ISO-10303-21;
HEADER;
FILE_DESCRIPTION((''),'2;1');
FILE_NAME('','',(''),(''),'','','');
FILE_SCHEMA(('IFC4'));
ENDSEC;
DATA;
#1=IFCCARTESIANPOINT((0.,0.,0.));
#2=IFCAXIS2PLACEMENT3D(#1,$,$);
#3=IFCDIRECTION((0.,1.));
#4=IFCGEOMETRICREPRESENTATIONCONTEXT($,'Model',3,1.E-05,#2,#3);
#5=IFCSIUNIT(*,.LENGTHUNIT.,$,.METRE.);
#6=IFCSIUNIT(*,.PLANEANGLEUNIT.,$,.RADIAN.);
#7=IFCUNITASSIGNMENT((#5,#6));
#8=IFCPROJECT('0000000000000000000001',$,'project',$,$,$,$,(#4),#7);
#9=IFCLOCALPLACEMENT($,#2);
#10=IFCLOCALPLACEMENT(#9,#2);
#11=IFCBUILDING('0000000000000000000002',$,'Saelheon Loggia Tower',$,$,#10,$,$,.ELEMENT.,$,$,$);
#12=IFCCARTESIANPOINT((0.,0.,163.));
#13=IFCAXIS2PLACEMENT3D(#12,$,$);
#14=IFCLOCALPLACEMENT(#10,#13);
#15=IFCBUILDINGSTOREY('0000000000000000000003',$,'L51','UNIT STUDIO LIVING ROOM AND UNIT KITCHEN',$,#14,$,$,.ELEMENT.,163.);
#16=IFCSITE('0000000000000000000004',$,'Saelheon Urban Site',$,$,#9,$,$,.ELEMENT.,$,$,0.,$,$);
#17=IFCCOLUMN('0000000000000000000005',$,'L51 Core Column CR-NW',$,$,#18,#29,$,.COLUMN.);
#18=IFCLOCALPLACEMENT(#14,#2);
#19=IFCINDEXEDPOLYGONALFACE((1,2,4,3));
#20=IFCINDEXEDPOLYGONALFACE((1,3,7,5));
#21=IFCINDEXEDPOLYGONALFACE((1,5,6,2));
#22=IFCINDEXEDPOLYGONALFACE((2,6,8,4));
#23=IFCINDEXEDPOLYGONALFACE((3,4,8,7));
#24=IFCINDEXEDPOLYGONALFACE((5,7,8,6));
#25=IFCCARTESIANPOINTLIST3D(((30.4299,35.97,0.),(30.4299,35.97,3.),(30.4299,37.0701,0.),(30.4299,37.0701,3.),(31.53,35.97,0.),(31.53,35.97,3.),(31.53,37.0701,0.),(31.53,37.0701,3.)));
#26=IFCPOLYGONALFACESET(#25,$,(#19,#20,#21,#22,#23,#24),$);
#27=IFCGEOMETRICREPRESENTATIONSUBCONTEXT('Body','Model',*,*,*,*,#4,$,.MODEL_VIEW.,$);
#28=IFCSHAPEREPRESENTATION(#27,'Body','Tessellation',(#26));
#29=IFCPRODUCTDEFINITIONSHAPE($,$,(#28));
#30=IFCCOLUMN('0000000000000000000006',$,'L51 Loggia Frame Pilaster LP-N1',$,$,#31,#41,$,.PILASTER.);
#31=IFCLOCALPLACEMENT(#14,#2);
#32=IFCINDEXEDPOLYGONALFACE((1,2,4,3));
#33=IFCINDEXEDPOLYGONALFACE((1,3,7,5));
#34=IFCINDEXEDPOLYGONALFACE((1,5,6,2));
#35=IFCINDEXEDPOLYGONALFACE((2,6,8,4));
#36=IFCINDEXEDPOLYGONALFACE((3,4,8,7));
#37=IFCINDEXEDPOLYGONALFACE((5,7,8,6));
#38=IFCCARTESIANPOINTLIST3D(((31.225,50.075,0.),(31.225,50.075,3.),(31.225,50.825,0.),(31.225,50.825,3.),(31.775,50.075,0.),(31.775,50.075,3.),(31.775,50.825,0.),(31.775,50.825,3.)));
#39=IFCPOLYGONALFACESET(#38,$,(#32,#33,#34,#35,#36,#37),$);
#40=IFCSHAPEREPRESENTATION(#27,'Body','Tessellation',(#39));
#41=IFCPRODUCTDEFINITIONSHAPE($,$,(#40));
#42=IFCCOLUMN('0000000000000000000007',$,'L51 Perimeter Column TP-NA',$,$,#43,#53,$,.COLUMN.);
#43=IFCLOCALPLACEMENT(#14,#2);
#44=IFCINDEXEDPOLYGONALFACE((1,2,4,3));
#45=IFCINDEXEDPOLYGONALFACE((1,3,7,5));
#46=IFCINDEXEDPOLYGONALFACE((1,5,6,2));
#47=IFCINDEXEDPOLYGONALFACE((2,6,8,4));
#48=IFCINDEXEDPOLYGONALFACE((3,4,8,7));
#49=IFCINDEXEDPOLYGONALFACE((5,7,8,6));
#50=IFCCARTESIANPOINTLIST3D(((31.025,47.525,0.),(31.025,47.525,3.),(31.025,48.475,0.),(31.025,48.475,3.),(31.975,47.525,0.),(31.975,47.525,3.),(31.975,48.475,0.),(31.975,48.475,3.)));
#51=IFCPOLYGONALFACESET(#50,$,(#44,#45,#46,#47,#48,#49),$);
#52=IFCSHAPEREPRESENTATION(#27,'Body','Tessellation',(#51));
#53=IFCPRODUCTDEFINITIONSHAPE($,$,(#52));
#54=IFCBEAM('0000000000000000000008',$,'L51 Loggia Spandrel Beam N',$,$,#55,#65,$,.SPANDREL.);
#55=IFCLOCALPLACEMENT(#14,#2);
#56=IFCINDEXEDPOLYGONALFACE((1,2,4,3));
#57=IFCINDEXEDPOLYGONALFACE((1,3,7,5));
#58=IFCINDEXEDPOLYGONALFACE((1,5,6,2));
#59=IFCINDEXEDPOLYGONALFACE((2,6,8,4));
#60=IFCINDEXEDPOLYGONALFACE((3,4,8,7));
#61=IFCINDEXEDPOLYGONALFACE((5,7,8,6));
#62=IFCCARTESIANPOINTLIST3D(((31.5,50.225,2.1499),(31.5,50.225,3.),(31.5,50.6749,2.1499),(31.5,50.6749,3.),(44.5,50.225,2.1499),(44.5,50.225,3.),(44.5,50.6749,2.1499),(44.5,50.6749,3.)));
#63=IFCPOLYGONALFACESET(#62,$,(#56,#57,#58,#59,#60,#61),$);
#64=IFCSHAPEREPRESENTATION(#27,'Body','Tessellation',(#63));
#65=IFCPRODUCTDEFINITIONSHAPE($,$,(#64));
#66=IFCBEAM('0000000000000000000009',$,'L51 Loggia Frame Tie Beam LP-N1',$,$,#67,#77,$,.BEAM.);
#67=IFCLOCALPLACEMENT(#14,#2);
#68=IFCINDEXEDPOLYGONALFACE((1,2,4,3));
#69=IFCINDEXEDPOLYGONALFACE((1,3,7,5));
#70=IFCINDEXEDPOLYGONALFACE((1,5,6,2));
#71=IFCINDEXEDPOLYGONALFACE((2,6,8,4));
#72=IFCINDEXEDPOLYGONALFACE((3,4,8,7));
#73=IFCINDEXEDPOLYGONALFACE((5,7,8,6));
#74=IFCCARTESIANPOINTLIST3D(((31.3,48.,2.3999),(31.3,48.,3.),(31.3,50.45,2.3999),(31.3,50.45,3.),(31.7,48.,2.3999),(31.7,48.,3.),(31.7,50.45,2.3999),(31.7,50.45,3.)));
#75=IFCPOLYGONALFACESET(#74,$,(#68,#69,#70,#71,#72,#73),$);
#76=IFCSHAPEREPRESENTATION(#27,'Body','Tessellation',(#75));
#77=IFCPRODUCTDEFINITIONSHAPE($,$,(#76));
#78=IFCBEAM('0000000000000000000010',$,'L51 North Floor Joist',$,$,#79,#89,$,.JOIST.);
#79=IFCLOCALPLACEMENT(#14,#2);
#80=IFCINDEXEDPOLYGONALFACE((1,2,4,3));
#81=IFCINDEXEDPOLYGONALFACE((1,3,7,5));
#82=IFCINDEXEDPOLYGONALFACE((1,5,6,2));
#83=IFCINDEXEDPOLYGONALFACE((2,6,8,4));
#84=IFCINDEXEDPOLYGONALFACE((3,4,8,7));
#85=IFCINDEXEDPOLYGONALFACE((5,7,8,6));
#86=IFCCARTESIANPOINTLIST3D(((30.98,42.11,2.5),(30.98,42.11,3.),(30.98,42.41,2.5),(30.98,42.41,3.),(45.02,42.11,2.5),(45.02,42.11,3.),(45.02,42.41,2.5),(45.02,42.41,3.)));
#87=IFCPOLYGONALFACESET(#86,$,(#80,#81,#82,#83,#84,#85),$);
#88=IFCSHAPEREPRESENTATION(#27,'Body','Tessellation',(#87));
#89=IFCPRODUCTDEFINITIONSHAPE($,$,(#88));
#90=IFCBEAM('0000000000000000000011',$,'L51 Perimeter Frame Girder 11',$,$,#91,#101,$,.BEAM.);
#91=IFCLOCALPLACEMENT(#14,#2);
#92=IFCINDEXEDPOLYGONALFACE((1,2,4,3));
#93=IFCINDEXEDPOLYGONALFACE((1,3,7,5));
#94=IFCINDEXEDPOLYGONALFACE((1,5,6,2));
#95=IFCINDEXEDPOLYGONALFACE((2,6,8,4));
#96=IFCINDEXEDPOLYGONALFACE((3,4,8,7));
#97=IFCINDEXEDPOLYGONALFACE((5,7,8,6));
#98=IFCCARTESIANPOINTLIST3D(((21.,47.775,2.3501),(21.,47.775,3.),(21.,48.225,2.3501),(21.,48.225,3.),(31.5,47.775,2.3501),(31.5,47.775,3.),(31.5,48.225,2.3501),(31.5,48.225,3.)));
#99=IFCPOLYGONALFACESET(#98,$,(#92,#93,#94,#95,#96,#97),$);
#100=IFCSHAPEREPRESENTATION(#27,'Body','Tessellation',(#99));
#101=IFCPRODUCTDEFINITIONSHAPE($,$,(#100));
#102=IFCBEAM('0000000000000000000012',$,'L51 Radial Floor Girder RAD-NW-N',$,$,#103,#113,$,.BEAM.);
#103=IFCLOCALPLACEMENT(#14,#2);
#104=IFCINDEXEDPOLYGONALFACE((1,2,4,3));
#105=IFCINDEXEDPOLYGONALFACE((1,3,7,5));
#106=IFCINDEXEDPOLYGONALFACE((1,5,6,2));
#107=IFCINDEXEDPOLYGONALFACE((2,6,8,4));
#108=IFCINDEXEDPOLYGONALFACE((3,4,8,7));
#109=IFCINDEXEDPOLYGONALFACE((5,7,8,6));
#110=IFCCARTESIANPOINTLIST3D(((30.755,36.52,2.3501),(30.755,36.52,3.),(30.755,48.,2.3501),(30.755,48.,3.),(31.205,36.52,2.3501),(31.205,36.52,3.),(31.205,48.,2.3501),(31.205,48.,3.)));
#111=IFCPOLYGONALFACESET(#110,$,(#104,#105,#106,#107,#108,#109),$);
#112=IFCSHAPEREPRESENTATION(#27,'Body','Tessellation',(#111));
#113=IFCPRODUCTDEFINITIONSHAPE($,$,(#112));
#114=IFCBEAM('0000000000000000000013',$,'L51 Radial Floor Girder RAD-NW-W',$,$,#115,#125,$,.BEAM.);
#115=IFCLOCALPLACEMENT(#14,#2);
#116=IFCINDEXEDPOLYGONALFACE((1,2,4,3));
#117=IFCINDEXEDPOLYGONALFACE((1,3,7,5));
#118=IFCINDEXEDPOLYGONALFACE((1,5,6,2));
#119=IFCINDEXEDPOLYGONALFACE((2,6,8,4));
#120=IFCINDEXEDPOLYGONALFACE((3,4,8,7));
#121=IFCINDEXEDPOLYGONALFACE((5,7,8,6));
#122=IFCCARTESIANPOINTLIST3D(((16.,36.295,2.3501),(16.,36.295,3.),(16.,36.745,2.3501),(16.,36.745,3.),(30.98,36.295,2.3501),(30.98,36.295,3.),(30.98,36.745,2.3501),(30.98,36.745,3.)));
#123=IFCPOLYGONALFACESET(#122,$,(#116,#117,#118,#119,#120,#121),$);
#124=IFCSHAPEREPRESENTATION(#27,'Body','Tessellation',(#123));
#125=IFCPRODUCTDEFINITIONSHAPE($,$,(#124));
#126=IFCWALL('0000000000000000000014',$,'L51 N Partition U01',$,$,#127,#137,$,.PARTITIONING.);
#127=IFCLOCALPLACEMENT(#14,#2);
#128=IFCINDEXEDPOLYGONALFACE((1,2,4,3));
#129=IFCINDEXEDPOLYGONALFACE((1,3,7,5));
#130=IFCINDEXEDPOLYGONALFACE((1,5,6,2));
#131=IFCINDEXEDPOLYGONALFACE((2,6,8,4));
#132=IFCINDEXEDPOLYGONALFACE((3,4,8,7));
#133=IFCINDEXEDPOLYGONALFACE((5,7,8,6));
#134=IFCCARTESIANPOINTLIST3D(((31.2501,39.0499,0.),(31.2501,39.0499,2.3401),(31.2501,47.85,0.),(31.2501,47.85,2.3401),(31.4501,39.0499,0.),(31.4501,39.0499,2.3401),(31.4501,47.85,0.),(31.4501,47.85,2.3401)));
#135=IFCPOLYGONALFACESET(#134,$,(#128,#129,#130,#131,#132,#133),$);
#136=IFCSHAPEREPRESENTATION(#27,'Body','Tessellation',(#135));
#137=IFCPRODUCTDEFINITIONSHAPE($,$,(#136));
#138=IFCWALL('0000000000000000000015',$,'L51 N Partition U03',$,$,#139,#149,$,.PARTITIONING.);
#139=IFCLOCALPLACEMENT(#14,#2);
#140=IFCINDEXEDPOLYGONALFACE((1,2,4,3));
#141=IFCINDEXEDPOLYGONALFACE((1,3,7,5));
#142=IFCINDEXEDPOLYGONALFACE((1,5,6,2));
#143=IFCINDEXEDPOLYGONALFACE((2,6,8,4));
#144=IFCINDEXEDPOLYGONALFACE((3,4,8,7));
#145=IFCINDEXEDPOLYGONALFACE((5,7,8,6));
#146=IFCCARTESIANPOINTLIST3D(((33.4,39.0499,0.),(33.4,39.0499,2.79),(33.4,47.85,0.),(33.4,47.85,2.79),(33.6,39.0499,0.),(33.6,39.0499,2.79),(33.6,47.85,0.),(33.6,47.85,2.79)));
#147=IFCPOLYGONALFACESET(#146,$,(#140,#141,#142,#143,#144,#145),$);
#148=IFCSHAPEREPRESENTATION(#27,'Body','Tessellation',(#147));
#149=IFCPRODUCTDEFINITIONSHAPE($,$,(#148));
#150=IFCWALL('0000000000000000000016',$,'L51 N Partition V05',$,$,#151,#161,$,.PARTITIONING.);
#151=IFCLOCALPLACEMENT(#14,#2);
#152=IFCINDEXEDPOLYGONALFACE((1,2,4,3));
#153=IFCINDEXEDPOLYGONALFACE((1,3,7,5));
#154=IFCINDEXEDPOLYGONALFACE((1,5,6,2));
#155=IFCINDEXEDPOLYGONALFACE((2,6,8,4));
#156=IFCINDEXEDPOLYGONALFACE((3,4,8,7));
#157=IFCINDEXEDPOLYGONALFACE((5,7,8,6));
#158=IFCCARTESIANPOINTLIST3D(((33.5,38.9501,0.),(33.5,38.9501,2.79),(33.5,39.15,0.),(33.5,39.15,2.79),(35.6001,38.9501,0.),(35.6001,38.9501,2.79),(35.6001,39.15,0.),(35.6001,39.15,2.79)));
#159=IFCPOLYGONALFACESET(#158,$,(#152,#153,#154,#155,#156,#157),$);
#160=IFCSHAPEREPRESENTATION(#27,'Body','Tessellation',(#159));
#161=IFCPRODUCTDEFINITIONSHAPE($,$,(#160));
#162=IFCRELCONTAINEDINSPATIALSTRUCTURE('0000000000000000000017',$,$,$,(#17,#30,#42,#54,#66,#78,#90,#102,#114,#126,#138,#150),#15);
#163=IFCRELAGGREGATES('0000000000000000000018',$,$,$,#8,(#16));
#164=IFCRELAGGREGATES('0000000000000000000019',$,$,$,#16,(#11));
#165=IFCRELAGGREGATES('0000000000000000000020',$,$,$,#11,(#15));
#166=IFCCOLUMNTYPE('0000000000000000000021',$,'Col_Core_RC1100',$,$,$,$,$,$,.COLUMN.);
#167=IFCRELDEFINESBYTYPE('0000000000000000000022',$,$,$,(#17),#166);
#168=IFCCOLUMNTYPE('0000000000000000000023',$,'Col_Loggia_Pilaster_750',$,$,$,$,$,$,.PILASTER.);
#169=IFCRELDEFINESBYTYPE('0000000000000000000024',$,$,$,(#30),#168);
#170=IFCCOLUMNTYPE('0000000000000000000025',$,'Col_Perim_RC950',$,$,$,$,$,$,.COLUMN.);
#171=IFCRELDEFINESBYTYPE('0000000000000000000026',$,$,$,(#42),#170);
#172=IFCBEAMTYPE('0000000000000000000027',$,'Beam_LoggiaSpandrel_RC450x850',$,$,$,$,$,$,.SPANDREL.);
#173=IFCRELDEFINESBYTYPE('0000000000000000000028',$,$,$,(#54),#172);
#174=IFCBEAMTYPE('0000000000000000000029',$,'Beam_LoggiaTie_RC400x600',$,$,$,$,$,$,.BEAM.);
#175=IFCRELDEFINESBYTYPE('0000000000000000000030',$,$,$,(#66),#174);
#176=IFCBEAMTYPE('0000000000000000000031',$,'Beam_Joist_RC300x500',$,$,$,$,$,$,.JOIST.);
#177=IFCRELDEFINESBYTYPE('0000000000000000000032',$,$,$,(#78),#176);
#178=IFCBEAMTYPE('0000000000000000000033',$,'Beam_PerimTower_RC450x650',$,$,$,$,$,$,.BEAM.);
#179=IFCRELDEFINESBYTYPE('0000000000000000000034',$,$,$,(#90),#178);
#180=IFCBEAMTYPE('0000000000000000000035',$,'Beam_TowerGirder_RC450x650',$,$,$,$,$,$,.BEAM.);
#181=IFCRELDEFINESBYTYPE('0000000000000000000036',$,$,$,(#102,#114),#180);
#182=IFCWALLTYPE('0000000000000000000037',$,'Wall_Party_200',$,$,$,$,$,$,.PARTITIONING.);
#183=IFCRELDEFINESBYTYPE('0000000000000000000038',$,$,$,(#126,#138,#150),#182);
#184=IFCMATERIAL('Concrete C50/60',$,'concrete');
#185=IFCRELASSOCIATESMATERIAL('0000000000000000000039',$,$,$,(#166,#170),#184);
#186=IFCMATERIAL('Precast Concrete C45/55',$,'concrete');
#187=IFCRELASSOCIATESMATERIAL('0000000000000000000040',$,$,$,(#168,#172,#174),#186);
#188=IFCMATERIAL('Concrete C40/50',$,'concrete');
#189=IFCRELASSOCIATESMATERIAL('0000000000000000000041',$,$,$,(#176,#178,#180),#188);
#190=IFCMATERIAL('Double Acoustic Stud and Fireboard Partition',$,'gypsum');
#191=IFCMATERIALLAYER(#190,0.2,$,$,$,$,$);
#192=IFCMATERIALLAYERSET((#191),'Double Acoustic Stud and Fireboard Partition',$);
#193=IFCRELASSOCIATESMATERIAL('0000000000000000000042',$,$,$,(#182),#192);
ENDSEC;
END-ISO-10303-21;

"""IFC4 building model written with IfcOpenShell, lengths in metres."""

from ifc_helpers import new_model, si_unit, direction, frame, frame_2d, origin, origin_2d, place, context, subcontext, project, spatial, rectangle, extrude, source, transform, mapped, material, layer, layer_set, material_profile, profile_set, type_object, element, save


model = new_model("IFC4")

# Units and contexts
model_context = context("Model", 3, precision=1e-05, world=origin(), true_north=direction((0.0, 1.0)))
body_context = subcontext(model_context, "Body", "Model", "MODEL_VIEW")
ifc_project = project(units=[si_unit("LENGTHUNIT", "METRE"), si_unit("PLANEANGLEUNIT", "RADIAN")], contexts=[model_context])

# Site, building, storey
site_placement = place(None, origin())
site = spatial("IfcSite", under=ifc_project, at=site_placement, Name="Saelheon Urban Site", CompositionType="ELEMENT", RefElevation=0.0)
building_placement = place(site_placement, origin())
building = spatial("IfcBuilding", under=site, at=building_placement, Name="Saelheon Loggia Tower", CompositionType="ELEMENT")
storey_placement = place(building_placement, frame((0.0, 0.0, 163.0)))
storey = spatial("IfcBuildingStorey", under=building, at=storey_placement, Name="L51", Description="UNIT STUDIO LIVING ROOM AND UNIT KITCHEN", CompositionType="ELEMENT", Elevation=163.0)

# Columns
ifc_material_1 = material(Name="Concrete C50/60", Category="concrete")
ifc_material_profile_1 = material_profile(ifc_material_1, rectangle(XDim=1.1001, YDim=1.1001, at=origin_2d()), Name="RC-1100x1100")
ifc_profile_set_1 = profile_set([ifc_material_profile_1], Name="Concrete C50/60")
column_type_1 = type_object("IfcColumnType", Name="Col_Core_RC1100", PredefinedType="COLUMN", material=ifc_profile_set_1)
shared_shape_1 = source(origin(), body_context, "Body", "SweptSolid", [
    extrude(rectangle(XDim=1.1001, YDim=1.1001, at=origin_2d()), origin(), (0.0, 0.0, 1.0), 3.0),
])
column_1_placement = place(storey_placement, frame((30.98, 36.52, 0.0), z_axis=(0.0, 0.0, 1.0), x_axis=(1.0, 0.0, 0.0)))
element("IfcColumn", 1, at=column_1_placement, inside=storey, type_object=column_type_1, Name="L51 Core Column CR-NW", PredefinedType="COLUMN", context=body_context, shape_type="MappedRepresentation", body=[
    mapped(shared_shape_1, transform((0.0, 0.0, 0.0), scale=1.0)),
])
ifc_material_2 = material(Name="Precast Concrete C45/55", Category="concrete")
ifc_material_profile_2 = material_profile(ifc_material_2, rectangle(XDim=0.55, YDim=0.75, at=origin_2d()), Name="RC-550x750")
ifc_profile_set_2 = profile_set([ifc_material_profile_2], Name="Precast Concrete C45/55")
column_type_2 = type_object("IfcColumnType", Name="Col_Loggia_Pilaster_750", PredefinedType="PILASTER", material=ifc_profile_set_2)
shared_shape_2 = source(origin(), body_context, "Body", "SweptSolid", [
    extrude(rectangle(XDim=0.55, YDim=0.75, at=origin_2d()), origin(), (0.0, 0.0, 1.0), 3.0),
])
column_2_placement = place(storey_placement, frame((31.5, 50.45, 0.0), z_axis=(0.0, 0.0, 1.0), x_axis=(1.0, 0.0, 0.0)))
element("IfcColumn", 2, at=column_2_placement, inside=storey, type_object=column_type_2, Name="L51 Loggia Frame Pilaster LP-N1", PredefinedType="PILASTER", context=body_context, shape_type="MappedRepresentation", body=[
    mapped(shared_shape_2, transform((0.0, 0.0, 0.0), scale=1.0)),
])
ifc_material_profile_3 = material_profile(ifc_material_1, rectangle(XDim=0.95, YDim=0.95, at=origin_2d()), Name="RC-950x950")
ifc_profile_set_3 = profile_set([ifc_material_profile_3], Name="Concrete C50/60")
column_type_3 = type_object("IfcColumnType", Name="Col_Perim_RC950", PredefinedType="COLUMN", material=ifc_profile_set_3)
shared_shape_3 = source(origin(), body_context, "Body", "SweptSolid", [
    extrude(rectangle(XDim=0.95, YDim=0.95, at=origin_2d()), origin(), (0.0, 0.0, 1.0), 3.0),
])
column_3_placement = place(storey_placement, frame((31.5, 48.0, 0.0), z_axis=(0.0, 0.0, 1.0), x_axis=(1.0, 0.0, 0.0)))
element("IfcColumn", 3, at=column_3_placement, inside=storey, type_object=column_type_3, Name="L51 Perimeter Column TP-NA", PredefinedType="COLUMN", context=body_context, shape_type="MappedRepresentation", body=[
    mapped(shared_shape_3, transform((0.0, 0.0, 0.0), scale=1.0)),
])

# Beams
ifc_material_profile_4 = material_profile(ifc_material_2, rectangle(XDim=0.45, YDim=0.8501, at=origin_2d()), Name="RC-450x850")
ifc_profile_set_4 = profile_set([ifc_material_profile_4], Name="Precast Concrete C45/55")
beam_type_1 = type_object("IfcBeamType", Name="Beam_LoggiaSpandrel_RC450x850", PredefinedType="SPANDREL", material=ifc_profile_set_4)
shared_shape_4 = source(origin(), body_context, "Body", "SweptSolid", [
    extrude(rectangle(XDim=0.45, YDim=0.8501, at=origin_2d()), origin(), (0.0, 0.0, 1.0), 13.0),
])
beam_1_placement = place(storey_placement, frame((31.5, 50.45, 2.575), z_axis=(1.0, 0.0, 0.0), x_axis=(0.0, 1.0, 0.0)))
element("IfcBeam", 4, at=beam_1_placement, inside=storey, type_object=beam_type_1, Name="L51 Loggia Spandrel Beam N", PredefinedType="SPANDREL", context=body_context, shape_type="MappedRepresentation", body=[
    mapped(shared_shape_4, transform((0.0, 0.0, 0.0), scale=1.0)),
])
ifc_material_profile_5 = material_profile(ifc_material_2, rectangle(XDim=0.3999, YDim=0.6001, at=origin_2d()), Name="RC-400x600")
ifc_profile_set_5 = profile_set([ifc_material_profile_5], Name="Precast Concrete C45/55")
beam_type_2 = type_object("IfcBeamType", Name="Beam_LoggiaTie_RC400x600", PredefinedType="BEAM", material=ifc_profile_set_5)
shared_shape_5 = source(origin(), body_context, "Body", "SweptSolid", [
    extrude(rectangle(XDim=0.3999, YDim=0.6001, at=origin_2d()), origin(), (0.0, 0.0, 1.0), 2.45),
])
beam_2_placement = place(storey_placement, frame((31.5, 48.0, 2.7), z_axis=(0.0, 1.0, 0.0), x_axis=(-1.0, 0.0, 0.0)))
element("IfcBeam", 5, at=beam_2_placement, inside=storey, type_object=beam_type_2, Name="L51 Loggia Frame Tie Beam LP-N1", PredefinedType="BEAM", context=body_context, shape_type="MappedRepresentation", body=[
    mapped(shared_shape_5, transform((0.0, 0.0, 0.0), scale=1.0)),
])
ifc_material_3 = material(Name="Concrete C40/50", Category="concrete")
ifc_material_profile_6 = material_profile(ifc_material_3, rectangle(XDim=0.3, YDim=0.5, at=origin_2d()), Name="RC-300x500")
ifc_profile_set_6 = profile_set([ifc_material_profile_6], Name="Concrete C40/50")
beam_type_3 = type_object("IfcBeamType", Name="Beam_Joist_RC300x500", PredefinedType="JOIST", material=ifc_profile_set_6)
shared_shape_6 = source(origin(), body_context, "Body", "SweptSolid", [
    extrude(rectangle(XDim=0.3, YDim=0.5, at=origin_2d()), origin(), (0.0, 0.0, 1.0), 14.04),
])
beam_3_placement = place(storey_placement, frame((30.98, 42.26, 2.75), z_axis=(1.0, 0.0, 0.0), x_axis=(0.0, 1.0, 0.0)))
element("IfcBeam", 6, at=beam_3_placement, inside=storey, type_object=beam_type_3, Name="L51 North Floor Joist", PredefinedType="JOIST", context=body_context, shape_type="MappedRepresentation", body=[
    mapped(shared_shape_6, transform((0.0, 0.0, 0.0), scale=1.0)),
])
ifc_material_profile_7 = material_profile(ifc_material_3, rectangle(XDim=0.45, YDim=0.6499, at=origin_2d()), Name="RC-450x650")
ifc_profile_set_7 = profile_set([ifc_material_profile_7], Name="Concrete C40/50")
beam_type_4 = type_object("IfcBeamType", Name="Beam_PerimTower_RC450x650", PredefinedType="BEAM", material=ifc_profile_set_7)
shared_shape_7 = source(origin(), body_context, "Body", "SweptSolid", [
    extrude(rectangle(XDim=0.45, YDim=0.6499, at=origin_2d()), origin(), (0.0, 0.0, 1.0), 10.5),
])
beam_4_placement = place(storey_placement, frame((31.5, 48.0, 2.675), z_axis=(-1.0, 0.0, 0.0), x_axis=(0.0, -1.0, 0.0)))
element("IfcBeam", 7, at=beam_4_placement, inside=storey, type_object=beam_type_4, Name="L51 Perimeter Frame Girder 11", PredefinedType="BEAM", context=body_context, shape_type="MappedRepresentation", body=[
    mapped(shared_shape_7, transform((0.0, 0.0, 0.0), scale=1.0)),
])
ifc_material_profile_8 = material_profile(ifc_material_3, rectangle(XDim=0.45, YDim=0.6499, at=origin_2d()), Name="RC-450x650")
ifc_profile_set_8 = profile_set([ifc_material_profile_8], Name="Concrete C40/50")
beam_type_5 = type_object("IfcBeamType", Name="Beam_TowerGirder_RC450x650", PredefinedType="BEAM", material=ifc_profile_set_8)
shared_shape_8 = source(origin(), body_context, "Body", "SweptSolid", [
    extrude(rectangle(XDim=0.45, YDim=0.6499, at=origin_2d()), origin(), (0.0, 0.0, 1.0), 11.48),
])
beam_5_placement = place(storey_placement, frame((30.98, 36.52, 2.675), z_axis=(0.0, 1.0, 0.0), x_axis=(-1.0, 0.0, 0.0)))
element("IfcBeam", 8, at=beam_5_placement, inside=storey, type_object=beam_type_5, Name="L51 Radial Floor Girder RAD-NW-N", PredefinedType="BEAM", context=body_context, shape_type="MappedRepresentation", body=[
    mapped(shared_shape_8, transform((0.0, 0.0, 0.0), scale=1.0)),
])
shared_shape_9 = source(origin(), body_context, "Body", "SweptSolid", [
    extrude(rectangle(XDim=0.45, YDim=0.6499, at=origin_2d()), origin(), (0.0, 0.0, 1.0), 14.98),
])
beam_6_placement = place(storey_placement, frame((30.98, 36.52, 2.675), z_axis=(-1.0, 0.0, 0.0), x_axis=(0.0, -1.0, 0.0)))
element("IfcBeam", 9, at=beam_6_placement, inside=storey, type_object=beam_type_5, Name="L51 Radial Floor Girder RAD-NW-W", PredefinedType="BEAM", context=body_context, shape_type="MappedRepresentation", body=[
    mapped(shared_shape_9, transform((0.0, 0.0, 0.0), scale=1.0)),
])

# Walls
ifc_material_4 = material(Name="Double Acoustic Stud and Fireboard Partition", Category="gypsum")
ifc_layer_1 = layer(ifc_material_4, 0.2)
ifc_layer_set_1 = layer_set([ifc_layer_1], Name="Double Acoustic Stud and Fireboard Partition")
wall_type_1 = type_object("IfcWallType", Name="Wall_Party_200", PredefinedType="PARTITIONING", material=ifc_layer_set_1)
wall_1_placement = place(storey_placement, frame((31.3501, 39.05, 0.0), z_axis=(0.0, 0.0, 1.0), x_axis=(0.0, 1.0, 0.0)))
element("IfcWall", 10, at=wall_1_placement, inside=storey, type_object=wall_type_1, Name="L51 N Partition U01", PredefinedType="PARTITIONING", context=body_context, shape_type="SweptSolid", body=[
    extrude(rectangle(XDim=8.8, YDim=0.2, at=frame_2d((4.3999, 0.0))), origin(), (0.0, 0.0, 1.0), 2.3401),
])
wall_2_placement = place(storey_placement, frame((33.5, 39.05, 0.0), z_axis=(0.0, 0.0, 1.0), x_axis=(0.0, 1.0, 0.0)))
element("IfcWall", 11, at=wall_2_placement, inside=storey, type_object=wall_type_1, Name="L51 N Partition U03", PredefinedType="PARTITIONING", context=body_context, shape_type="SweptSolid", body=[
    extrude(rectangle(XDim=8.8, YDim=0.2, at=frame_2d((4.3999, 0.0))), origin(), (0.0, 0.0, 1.0), 2.79),
])
wall_3_placement = place(storey_placement, frame((33.5, 39.05, 0.0), z_axis=(0.0, 0.0, 1.0), x_axis=(1.0, 0.0, 0.0)))
element("IfcWall", 12, at=wall_3_placement, inside=storey, type_object=wall_type_1, Name="L51 N Partition V05", PredefinedType="PARTITIONING", context=body_context, shape_type="SweptSolid", body=[
    extrude(rectangle(XDim=2.1001, YDim=0.2, at=frame_2d((1.05, 0.0))), origin(), (0.0, 0.0, 1.0), 2.79),
])

save(model, "model.ifc")
